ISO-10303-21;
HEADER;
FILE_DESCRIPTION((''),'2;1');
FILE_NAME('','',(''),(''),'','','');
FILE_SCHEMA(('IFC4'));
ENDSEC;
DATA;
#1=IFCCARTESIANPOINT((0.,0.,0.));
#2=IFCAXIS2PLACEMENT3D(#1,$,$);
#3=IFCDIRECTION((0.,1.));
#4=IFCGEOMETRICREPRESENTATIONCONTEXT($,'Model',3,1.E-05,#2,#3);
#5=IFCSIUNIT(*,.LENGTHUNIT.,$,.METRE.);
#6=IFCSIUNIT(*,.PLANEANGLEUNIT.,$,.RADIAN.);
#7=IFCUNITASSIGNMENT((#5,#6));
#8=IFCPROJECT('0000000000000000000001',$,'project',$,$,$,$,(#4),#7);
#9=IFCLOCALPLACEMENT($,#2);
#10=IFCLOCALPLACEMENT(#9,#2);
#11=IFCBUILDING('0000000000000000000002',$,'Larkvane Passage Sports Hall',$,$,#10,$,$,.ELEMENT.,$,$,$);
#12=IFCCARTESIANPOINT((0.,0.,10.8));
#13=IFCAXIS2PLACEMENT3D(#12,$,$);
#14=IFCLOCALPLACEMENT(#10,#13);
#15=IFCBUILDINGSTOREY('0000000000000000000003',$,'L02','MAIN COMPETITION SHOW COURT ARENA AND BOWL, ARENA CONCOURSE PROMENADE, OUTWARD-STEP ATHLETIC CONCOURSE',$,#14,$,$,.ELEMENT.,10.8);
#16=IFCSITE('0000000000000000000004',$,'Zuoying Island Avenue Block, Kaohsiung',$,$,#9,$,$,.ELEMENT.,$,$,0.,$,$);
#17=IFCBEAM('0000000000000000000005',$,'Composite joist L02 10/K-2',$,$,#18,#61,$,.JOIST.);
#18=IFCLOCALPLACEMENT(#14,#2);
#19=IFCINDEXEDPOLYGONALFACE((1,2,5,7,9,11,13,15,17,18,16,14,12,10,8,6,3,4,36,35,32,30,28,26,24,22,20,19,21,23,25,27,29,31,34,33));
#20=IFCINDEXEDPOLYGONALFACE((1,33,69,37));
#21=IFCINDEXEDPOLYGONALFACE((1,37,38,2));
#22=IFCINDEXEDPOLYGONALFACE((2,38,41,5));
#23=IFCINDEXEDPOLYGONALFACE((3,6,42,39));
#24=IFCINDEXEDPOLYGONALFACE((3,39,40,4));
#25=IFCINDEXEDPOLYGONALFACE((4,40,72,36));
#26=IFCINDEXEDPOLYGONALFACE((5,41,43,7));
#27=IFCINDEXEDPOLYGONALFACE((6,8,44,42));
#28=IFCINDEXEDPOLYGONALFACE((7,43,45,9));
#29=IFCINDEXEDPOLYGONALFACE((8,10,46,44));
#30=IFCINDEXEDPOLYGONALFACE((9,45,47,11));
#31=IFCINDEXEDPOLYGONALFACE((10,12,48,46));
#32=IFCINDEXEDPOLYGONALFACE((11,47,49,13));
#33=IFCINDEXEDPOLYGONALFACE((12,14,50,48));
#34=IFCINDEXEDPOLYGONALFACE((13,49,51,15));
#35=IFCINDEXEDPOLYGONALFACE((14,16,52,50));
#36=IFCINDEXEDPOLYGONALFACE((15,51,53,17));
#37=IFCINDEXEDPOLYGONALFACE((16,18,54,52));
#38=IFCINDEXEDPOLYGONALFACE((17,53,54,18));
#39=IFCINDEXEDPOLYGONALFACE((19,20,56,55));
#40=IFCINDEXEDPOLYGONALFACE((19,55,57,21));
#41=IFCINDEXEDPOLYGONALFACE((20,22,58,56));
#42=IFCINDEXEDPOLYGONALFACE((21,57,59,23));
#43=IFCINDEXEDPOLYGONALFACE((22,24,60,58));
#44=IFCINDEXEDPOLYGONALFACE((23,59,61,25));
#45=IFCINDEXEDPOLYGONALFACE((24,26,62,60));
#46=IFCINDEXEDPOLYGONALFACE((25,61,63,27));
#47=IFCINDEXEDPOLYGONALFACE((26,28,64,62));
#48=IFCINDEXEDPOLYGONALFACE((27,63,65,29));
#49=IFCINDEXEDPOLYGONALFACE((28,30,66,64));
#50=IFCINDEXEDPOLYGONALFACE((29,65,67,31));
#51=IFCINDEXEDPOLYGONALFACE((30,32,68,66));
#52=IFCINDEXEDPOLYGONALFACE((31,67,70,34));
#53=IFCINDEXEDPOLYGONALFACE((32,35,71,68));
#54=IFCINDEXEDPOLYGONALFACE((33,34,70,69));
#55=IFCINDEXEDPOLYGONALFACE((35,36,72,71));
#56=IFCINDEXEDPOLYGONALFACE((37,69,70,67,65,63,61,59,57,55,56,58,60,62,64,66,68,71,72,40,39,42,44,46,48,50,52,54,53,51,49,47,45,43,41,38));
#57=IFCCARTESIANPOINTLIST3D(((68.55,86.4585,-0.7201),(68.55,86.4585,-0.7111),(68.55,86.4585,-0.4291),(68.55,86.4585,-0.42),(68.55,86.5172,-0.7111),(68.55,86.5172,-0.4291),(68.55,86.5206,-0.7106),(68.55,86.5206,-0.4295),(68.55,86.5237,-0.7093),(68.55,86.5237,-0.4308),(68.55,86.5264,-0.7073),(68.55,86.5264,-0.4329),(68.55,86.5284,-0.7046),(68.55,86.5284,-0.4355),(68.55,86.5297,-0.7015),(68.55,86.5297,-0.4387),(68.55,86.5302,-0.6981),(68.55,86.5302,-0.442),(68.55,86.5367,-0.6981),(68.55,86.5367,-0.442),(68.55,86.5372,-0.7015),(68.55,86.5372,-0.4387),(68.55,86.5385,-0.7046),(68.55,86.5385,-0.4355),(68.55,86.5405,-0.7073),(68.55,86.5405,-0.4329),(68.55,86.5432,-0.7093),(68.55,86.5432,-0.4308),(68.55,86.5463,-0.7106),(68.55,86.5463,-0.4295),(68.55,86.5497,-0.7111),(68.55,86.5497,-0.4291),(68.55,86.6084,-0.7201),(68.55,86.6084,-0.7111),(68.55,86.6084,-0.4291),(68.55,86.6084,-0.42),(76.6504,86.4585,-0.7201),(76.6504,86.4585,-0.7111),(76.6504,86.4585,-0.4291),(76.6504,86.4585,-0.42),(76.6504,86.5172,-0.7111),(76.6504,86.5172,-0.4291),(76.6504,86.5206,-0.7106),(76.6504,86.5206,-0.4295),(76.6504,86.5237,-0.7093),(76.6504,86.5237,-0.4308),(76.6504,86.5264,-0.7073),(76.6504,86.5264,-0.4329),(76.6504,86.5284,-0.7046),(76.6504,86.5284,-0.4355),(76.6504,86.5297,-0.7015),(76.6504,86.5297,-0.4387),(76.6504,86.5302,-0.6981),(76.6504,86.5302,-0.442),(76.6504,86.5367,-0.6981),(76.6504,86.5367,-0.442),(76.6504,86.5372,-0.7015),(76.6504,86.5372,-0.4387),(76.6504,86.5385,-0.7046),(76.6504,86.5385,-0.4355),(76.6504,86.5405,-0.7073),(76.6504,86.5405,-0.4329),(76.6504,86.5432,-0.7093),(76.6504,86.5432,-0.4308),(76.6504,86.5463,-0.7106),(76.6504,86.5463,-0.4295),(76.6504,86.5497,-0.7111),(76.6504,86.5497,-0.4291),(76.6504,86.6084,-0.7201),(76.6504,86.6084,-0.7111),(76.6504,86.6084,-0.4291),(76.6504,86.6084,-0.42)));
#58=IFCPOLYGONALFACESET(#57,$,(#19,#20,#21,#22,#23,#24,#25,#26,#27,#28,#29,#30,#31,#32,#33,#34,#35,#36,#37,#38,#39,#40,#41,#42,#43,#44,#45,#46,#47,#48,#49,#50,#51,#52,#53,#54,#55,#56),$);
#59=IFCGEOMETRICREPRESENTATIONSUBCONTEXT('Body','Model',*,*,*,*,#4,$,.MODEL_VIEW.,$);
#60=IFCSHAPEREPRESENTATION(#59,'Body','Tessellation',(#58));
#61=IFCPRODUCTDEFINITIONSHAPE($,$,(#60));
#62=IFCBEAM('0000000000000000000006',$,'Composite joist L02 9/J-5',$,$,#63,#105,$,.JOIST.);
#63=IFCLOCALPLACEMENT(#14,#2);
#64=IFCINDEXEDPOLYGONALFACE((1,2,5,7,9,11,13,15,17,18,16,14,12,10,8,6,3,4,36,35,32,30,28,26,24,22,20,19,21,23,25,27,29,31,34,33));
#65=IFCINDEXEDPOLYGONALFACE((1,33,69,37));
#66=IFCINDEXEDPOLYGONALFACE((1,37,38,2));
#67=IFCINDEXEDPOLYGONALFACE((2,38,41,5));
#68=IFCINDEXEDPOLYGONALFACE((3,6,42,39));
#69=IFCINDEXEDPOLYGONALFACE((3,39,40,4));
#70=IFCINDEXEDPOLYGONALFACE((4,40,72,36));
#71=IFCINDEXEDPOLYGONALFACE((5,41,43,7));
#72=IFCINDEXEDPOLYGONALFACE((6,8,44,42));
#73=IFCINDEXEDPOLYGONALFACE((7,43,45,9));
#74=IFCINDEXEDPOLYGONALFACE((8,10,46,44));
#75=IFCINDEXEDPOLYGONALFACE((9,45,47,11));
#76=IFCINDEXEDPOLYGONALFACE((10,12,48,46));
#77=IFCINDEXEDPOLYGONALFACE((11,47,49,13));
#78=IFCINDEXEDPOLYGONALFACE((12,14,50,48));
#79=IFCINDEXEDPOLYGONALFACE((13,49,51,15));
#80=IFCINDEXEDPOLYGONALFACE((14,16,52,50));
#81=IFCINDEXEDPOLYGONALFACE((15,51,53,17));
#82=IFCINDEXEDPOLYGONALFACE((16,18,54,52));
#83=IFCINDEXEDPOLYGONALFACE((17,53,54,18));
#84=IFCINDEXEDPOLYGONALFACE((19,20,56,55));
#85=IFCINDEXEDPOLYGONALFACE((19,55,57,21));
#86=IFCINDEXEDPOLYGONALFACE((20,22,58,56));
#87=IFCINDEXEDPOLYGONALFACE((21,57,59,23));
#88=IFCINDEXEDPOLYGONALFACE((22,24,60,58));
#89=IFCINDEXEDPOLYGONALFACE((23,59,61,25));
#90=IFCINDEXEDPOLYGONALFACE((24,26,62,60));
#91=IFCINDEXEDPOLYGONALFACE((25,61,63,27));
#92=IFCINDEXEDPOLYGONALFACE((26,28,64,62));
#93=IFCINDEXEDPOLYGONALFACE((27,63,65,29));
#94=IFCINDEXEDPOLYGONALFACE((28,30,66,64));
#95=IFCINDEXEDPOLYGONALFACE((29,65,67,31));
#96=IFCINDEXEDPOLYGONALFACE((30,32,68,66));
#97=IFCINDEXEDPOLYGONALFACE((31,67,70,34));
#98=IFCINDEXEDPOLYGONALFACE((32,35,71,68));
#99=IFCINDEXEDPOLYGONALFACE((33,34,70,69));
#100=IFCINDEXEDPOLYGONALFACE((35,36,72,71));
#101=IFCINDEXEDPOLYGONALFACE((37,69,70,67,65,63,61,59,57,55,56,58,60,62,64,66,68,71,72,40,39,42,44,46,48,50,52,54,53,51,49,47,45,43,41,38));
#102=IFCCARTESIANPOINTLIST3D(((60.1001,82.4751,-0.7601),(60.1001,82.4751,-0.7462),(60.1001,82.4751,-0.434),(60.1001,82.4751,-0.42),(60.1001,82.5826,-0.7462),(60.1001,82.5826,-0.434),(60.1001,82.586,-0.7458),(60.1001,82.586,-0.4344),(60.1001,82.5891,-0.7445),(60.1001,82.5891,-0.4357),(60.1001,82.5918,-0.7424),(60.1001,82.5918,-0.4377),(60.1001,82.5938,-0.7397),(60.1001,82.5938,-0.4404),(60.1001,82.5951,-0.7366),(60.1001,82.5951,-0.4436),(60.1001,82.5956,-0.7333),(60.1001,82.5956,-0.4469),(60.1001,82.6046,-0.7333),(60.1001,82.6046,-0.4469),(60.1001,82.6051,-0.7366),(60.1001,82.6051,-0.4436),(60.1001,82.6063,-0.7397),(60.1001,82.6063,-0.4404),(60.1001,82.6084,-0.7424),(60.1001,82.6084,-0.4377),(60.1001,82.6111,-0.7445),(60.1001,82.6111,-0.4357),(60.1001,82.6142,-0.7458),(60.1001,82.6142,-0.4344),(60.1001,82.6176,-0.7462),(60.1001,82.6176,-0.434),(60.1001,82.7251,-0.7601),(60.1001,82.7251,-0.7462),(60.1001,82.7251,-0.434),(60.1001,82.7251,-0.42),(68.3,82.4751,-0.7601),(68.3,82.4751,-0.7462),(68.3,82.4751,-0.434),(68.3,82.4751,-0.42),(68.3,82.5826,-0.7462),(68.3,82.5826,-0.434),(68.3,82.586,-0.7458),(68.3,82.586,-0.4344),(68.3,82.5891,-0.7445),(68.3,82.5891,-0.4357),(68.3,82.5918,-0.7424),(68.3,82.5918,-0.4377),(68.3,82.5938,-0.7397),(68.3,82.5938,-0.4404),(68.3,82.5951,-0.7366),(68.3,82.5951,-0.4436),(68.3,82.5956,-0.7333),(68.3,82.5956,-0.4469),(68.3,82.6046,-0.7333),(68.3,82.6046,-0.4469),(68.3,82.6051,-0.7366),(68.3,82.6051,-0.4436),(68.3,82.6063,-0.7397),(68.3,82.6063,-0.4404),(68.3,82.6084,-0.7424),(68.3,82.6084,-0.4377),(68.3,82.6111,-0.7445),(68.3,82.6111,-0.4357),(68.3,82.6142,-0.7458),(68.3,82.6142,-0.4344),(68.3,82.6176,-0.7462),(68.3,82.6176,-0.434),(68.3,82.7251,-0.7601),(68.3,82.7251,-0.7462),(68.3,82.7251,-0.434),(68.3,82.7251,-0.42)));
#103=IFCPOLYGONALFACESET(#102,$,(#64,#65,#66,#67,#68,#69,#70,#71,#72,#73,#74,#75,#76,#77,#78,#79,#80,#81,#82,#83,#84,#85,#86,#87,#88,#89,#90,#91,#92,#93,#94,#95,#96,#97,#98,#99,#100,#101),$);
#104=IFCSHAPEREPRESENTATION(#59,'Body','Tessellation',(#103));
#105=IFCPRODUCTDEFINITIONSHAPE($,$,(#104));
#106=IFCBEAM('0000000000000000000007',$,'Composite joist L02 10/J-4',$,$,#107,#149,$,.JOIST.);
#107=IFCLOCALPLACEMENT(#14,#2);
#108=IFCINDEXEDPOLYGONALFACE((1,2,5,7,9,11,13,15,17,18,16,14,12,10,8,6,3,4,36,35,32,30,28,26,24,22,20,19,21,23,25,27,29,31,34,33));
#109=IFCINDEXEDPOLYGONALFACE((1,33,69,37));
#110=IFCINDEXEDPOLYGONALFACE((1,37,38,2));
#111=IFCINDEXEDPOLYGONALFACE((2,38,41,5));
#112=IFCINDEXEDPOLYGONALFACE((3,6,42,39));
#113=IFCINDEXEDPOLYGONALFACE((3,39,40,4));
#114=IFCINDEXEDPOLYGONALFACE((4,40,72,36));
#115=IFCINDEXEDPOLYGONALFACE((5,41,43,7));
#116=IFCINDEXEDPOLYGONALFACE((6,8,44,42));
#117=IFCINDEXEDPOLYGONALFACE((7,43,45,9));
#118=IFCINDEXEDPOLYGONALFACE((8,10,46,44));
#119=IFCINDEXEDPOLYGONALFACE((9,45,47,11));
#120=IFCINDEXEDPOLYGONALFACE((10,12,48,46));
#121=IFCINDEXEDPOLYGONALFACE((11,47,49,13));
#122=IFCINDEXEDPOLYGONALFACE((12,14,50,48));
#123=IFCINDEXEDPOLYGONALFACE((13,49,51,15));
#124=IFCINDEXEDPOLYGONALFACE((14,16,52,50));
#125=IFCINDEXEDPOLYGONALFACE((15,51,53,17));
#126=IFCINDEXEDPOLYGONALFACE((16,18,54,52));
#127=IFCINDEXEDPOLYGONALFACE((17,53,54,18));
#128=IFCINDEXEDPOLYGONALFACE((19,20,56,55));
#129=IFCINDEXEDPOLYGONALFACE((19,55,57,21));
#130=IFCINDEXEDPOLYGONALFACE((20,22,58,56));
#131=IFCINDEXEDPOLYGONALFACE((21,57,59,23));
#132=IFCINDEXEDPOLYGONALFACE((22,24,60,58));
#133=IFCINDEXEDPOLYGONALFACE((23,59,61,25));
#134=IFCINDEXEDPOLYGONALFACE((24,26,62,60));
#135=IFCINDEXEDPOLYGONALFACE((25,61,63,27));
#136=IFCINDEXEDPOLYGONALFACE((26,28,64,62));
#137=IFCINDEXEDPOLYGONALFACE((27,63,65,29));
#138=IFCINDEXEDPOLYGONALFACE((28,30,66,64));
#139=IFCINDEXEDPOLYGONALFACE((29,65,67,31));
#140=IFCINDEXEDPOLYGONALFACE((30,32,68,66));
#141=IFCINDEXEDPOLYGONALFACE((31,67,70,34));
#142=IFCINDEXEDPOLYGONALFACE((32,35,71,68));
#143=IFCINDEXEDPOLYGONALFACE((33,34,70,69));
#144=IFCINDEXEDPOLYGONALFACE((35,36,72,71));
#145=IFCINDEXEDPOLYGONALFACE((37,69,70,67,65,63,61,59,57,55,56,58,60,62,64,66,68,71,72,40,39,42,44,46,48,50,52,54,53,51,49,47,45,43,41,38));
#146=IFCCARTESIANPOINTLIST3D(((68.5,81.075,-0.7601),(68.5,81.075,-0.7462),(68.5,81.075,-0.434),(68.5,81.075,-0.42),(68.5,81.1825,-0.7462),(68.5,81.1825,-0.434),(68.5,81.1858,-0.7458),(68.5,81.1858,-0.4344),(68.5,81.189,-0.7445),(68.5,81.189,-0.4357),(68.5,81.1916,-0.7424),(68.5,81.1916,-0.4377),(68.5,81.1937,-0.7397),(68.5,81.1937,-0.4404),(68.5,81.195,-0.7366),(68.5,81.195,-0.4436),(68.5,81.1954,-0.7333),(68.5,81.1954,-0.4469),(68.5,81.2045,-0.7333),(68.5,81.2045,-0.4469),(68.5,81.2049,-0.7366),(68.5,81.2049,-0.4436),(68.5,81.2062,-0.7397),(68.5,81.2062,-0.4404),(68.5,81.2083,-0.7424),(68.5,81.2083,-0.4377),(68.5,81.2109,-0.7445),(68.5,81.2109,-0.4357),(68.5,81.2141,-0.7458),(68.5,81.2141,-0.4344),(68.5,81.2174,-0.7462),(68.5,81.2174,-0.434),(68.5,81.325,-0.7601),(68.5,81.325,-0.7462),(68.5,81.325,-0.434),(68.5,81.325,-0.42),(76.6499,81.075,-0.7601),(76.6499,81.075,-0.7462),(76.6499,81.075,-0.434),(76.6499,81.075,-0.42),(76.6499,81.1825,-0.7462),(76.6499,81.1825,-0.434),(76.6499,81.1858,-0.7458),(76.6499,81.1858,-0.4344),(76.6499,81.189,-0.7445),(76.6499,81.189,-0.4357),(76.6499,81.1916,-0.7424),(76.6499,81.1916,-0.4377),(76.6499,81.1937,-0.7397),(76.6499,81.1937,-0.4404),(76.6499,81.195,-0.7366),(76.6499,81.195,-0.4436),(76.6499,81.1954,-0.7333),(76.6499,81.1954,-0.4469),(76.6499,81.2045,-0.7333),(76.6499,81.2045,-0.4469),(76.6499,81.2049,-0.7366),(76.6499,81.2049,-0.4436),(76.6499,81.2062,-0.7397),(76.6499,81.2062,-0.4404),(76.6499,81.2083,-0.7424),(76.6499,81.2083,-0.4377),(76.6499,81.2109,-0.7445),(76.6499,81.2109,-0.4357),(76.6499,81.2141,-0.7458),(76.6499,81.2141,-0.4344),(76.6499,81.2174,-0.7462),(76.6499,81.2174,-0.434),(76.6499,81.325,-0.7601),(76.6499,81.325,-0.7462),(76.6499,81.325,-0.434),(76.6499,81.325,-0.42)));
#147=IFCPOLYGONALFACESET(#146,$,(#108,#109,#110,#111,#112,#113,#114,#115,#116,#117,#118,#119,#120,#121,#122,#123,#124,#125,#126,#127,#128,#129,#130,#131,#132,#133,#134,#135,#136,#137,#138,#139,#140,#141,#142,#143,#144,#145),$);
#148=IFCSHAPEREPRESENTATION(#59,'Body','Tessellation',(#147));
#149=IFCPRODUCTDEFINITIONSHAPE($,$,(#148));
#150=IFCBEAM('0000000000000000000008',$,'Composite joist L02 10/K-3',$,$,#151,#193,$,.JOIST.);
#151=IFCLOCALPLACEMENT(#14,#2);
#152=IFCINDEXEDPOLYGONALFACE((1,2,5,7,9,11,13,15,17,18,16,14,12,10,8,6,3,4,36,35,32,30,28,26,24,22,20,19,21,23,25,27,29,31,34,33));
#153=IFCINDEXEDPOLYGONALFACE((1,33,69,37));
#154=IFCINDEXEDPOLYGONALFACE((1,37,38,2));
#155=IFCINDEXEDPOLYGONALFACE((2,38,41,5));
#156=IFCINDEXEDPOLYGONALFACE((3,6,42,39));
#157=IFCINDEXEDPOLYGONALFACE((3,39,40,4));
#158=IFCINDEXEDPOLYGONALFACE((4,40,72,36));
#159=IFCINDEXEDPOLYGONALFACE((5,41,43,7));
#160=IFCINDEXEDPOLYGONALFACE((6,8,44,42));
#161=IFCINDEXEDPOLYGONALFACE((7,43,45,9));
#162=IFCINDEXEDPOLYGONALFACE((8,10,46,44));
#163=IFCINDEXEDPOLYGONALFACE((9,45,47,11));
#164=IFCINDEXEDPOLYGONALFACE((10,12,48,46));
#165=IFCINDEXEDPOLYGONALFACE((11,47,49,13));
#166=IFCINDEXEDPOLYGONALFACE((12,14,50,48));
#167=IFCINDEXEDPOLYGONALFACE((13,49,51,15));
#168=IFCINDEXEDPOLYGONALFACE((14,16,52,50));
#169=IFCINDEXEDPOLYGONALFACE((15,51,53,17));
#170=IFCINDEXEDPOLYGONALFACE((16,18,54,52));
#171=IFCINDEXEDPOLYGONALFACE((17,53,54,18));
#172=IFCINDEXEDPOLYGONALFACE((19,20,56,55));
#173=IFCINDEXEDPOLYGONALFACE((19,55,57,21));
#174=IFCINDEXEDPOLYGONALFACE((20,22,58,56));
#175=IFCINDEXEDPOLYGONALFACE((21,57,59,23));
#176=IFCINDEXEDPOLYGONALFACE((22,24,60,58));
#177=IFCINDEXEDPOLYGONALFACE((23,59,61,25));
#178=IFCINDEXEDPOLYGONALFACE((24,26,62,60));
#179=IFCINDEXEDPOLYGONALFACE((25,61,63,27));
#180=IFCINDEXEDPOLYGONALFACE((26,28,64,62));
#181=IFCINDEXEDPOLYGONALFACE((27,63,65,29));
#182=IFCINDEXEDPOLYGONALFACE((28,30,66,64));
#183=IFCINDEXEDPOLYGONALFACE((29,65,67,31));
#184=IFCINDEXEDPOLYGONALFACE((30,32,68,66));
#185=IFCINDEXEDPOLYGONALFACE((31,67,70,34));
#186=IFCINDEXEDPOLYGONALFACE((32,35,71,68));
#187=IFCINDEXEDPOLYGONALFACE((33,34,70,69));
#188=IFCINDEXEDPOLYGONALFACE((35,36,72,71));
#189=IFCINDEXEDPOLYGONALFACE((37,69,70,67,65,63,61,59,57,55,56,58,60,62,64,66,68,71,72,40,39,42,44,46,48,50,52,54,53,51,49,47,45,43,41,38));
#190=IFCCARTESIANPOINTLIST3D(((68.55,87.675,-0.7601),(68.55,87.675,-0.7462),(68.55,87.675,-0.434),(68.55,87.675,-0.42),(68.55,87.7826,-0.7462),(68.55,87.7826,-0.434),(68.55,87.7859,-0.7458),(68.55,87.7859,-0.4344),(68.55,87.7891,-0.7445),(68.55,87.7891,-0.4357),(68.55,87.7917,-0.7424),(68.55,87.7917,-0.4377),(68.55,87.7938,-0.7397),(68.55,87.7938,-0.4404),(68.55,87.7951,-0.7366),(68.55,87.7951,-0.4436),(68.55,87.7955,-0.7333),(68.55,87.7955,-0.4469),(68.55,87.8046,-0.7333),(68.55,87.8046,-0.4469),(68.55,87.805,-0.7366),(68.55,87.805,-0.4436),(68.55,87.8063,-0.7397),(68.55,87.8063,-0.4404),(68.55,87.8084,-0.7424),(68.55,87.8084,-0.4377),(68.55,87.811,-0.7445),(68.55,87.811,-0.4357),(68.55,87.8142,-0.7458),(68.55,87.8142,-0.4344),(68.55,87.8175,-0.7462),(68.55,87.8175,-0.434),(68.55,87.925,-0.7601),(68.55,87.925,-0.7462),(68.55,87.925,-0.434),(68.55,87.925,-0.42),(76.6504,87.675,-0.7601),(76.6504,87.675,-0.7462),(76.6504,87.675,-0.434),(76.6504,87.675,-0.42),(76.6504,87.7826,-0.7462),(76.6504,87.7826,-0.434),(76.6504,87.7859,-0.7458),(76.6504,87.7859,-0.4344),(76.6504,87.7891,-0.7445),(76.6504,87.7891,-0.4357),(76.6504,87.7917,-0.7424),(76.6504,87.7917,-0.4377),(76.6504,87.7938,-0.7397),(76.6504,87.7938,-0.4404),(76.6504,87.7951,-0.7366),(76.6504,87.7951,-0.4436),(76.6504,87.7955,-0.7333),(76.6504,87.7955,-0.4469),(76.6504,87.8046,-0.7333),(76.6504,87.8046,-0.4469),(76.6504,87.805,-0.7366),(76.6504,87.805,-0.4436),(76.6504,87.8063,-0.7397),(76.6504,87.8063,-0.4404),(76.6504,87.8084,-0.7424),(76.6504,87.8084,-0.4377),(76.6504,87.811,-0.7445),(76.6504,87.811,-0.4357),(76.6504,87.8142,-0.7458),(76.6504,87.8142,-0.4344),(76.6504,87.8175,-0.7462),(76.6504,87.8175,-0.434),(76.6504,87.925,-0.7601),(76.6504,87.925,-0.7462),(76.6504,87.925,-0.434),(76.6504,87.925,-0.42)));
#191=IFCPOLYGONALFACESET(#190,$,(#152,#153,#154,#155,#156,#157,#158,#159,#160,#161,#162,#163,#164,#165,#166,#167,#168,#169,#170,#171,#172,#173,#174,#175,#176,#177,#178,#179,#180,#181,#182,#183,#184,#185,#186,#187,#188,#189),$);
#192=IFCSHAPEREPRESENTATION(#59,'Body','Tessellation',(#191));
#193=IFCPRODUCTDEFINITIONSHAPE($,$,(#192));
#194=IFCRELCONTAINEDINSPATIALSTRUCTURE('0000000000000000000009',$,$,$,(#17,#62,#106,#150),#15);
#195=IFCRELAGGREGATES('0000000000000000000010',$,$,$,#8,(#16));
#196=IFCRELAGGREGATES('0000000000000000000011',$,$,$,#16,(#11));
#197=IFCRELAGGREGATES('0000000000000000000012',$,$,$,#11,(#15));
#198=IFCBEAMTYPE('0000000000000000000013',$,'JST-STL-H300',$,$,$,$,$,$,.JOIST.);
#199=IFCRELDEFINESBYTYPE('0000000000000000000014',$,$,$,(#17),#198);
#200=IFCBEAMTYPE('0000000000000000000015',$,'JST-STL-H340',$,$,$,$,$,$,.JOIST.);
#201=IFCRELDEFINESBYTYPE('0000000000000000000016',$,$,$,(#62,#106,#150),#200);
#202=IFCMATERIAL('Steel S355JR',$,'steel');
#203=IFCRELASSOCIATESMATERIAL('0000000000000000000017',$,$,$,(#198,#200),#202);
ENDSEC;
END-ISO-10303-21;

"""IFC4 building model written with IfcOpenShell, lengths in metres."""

from ifc_helpers import new_model, si_unit, direction, frame, origin, origin_2d, place, context, subcontext, project, spatial, i_section, extrude, material, material_profile, profile_set, type_object, element, save


model = new_model("IFC4")

# Units and contexts
model_context = context("Model", 3, precision=1e-05, world=origin(), true_north=direction((0.0, 1.0)))
body_context = subcontext(model_context, "Body", "Model", "MODEL_VIEW")
ifc_project = project(units=[si_unit("LENGTHUNIT", "METRE"), si_unit("PLANEANGLEUNIT", "RADIAN")], contexts=[model_context])

# Site, building, storey
site_placement = place(None, origin())
site = spatial("IfcSite", under=ifc_project, at=site_placement, Name="Zuoying Island Avenue Block, Kaohsiung", CompositionType="ELEMENT", RefElevation=0.0)
building_placement = place(site_placement, origin())
building = spatial("IfcBuilding", under=site, at=building_placement, Name="Larkvane Passage Sports Hall", CompositionType="ELEMENT")
storey_placement = place(building_placement, frame((0.0, 0.0, 10.8)))
storey = spatial("IfcBuildingStorey", under=building, at=storey_placement, Name="L02", Description="MAIN COMPETITION SHOW COURT ARENA AND BOWL, ARENA CONCOURSE PROMENADE, OUTWARD-STEP ATHLETIC CONCOURSE", CompositionType="ELEMENT", Elevation=10.8)

# Shared definitions
ifc_material_1 = material(Name="Steel S355JR", Category="steel")

# Beams
ifc_material_profile_1 = material_profile(ifc_material_1, i_section(OverallWidth=0.1499, OverallDepth=0.3, WebThickness=0.0066, FlangeThickness=0.009, FilletRadius=0.0129, at=origin_2d()), Name="H-300x150x6.5x9")
ifc_profile_set_1 = profile_set([ifc_material_profile_1], Name="Steel S355JR")
beam_type_1 = type_object("IfcBeamType", Name="JST-STL-H300", PredefinedType="JOIST", material=ifc_profile_set_1)
beam_1_placement = place(storey_placement, frame((68.55, 86.5334, -0.5701), z_axis=(1.0, 0.0, 0.0), x_axis=(0.0, 1.0, 0.0)))
element("IfcBeam", 1, at=beam_1_placement, inside=storey, type_object=beam_type_1, Name="Composite joist L02 10/K-2", PredefinedType="JOIST", context=body_context, shape_type="SweptSolid", body=[
    extrude(i_section(OverallWidth=0.1499, OverallDepth=0.3, WebThickness=0.0066, FlangeThickness=0.009, FilletRadius=0.0129, at=origin_2d()), origin(), (0.0, 0.0, 1.0), 8.1003),
])
ifc_material_profile_2 = material_profile(ifc_material_1, i_section(OverallWidth=0.25, OverallDepth=0.3401, WebThickness=0.009, FlangeThickness=0.0139, FilletRadius=0.0129, at=origin_2d()), Name="H-340x250x9x14")
ifc_profile_set_2 = profile_set([ifc_material_profile_2], Name="Steel S355JR")
beam_type_2 = type_object("IfcBeamType", Name="JST-STL-H340", PredefinedType="JOIST", material=ifc_profile_set_2)
beam_2_placement = place(storey_placement, frame((60.1001, 82.6001, -0.5901), z_axis=(1.0, 0.0, 0.0), x_axis=(0.0, 1.0, 0.0)))
element("IfcBeam", 2, at=beam_2_placement, inside=storey, type_object=beam_type_2, Name="Composite joist L02 9/J-5", PredefinedType="JOIST", context=body_context, shape_type="SweptSolid", body=[
    extrude(i_section(OverallWidth=0.25, OverallDepth=0.3401, WebThickness=0.009, FlangeThickness=0.0139, FilletRadius=0.0129, at=origin_2d()), origin(), (0.0, 0.0, 1.0), 8.2),
])
beam_3_placement = place(storey_placement, frame((68.5, 81.2, -0.5901), z_axis=(1.0, 0.0, 0.0), x_axis=(0.0, 1.0, 0.0)))
element("IfcBeam", 3, at=beam_3_placement, inside=storey, type_object=beam_type_2, Name="Composite joist L02 10/J-4", PredefinedType="JOIST", context=body_context, shape_type="SweptSolid", body=[
    extrude(i_section(OverallWidth=0.25, OverallDepth=0.3401, WebThickness=0.009, FlangeThickness=0.0139, FilletRadius=0.0129, at=origin_2d()), origin(), (0.0, 0.0, 1.0), 8.1499),
])
beam_4_placement = place(storey_placement, frame((68.55, 87.8, -0.5901), z_axis=(1.0, 0.0, 0.0), x_axis=(0.0, 1.0, 0.0)))
element("IfcBeam", 4, at=beam_4_placement, inside=storey, type_object=beam_type_2, Name="Composite joist L02 10/K-3", PredefinedType="JOIST", context=body_context, shape_type="SweptSolid", body=[
    extrude(i_section(OverallWidth=0.25, OverallDepth=0.3401, WebThickness=0.009, FlangeThickness=0.0139, FilletRadius=0.0129, at=origin_2d()), origin(), (0.0, 0.0, 1.0), 8.1003),
])

save(model, "model.ifc")
